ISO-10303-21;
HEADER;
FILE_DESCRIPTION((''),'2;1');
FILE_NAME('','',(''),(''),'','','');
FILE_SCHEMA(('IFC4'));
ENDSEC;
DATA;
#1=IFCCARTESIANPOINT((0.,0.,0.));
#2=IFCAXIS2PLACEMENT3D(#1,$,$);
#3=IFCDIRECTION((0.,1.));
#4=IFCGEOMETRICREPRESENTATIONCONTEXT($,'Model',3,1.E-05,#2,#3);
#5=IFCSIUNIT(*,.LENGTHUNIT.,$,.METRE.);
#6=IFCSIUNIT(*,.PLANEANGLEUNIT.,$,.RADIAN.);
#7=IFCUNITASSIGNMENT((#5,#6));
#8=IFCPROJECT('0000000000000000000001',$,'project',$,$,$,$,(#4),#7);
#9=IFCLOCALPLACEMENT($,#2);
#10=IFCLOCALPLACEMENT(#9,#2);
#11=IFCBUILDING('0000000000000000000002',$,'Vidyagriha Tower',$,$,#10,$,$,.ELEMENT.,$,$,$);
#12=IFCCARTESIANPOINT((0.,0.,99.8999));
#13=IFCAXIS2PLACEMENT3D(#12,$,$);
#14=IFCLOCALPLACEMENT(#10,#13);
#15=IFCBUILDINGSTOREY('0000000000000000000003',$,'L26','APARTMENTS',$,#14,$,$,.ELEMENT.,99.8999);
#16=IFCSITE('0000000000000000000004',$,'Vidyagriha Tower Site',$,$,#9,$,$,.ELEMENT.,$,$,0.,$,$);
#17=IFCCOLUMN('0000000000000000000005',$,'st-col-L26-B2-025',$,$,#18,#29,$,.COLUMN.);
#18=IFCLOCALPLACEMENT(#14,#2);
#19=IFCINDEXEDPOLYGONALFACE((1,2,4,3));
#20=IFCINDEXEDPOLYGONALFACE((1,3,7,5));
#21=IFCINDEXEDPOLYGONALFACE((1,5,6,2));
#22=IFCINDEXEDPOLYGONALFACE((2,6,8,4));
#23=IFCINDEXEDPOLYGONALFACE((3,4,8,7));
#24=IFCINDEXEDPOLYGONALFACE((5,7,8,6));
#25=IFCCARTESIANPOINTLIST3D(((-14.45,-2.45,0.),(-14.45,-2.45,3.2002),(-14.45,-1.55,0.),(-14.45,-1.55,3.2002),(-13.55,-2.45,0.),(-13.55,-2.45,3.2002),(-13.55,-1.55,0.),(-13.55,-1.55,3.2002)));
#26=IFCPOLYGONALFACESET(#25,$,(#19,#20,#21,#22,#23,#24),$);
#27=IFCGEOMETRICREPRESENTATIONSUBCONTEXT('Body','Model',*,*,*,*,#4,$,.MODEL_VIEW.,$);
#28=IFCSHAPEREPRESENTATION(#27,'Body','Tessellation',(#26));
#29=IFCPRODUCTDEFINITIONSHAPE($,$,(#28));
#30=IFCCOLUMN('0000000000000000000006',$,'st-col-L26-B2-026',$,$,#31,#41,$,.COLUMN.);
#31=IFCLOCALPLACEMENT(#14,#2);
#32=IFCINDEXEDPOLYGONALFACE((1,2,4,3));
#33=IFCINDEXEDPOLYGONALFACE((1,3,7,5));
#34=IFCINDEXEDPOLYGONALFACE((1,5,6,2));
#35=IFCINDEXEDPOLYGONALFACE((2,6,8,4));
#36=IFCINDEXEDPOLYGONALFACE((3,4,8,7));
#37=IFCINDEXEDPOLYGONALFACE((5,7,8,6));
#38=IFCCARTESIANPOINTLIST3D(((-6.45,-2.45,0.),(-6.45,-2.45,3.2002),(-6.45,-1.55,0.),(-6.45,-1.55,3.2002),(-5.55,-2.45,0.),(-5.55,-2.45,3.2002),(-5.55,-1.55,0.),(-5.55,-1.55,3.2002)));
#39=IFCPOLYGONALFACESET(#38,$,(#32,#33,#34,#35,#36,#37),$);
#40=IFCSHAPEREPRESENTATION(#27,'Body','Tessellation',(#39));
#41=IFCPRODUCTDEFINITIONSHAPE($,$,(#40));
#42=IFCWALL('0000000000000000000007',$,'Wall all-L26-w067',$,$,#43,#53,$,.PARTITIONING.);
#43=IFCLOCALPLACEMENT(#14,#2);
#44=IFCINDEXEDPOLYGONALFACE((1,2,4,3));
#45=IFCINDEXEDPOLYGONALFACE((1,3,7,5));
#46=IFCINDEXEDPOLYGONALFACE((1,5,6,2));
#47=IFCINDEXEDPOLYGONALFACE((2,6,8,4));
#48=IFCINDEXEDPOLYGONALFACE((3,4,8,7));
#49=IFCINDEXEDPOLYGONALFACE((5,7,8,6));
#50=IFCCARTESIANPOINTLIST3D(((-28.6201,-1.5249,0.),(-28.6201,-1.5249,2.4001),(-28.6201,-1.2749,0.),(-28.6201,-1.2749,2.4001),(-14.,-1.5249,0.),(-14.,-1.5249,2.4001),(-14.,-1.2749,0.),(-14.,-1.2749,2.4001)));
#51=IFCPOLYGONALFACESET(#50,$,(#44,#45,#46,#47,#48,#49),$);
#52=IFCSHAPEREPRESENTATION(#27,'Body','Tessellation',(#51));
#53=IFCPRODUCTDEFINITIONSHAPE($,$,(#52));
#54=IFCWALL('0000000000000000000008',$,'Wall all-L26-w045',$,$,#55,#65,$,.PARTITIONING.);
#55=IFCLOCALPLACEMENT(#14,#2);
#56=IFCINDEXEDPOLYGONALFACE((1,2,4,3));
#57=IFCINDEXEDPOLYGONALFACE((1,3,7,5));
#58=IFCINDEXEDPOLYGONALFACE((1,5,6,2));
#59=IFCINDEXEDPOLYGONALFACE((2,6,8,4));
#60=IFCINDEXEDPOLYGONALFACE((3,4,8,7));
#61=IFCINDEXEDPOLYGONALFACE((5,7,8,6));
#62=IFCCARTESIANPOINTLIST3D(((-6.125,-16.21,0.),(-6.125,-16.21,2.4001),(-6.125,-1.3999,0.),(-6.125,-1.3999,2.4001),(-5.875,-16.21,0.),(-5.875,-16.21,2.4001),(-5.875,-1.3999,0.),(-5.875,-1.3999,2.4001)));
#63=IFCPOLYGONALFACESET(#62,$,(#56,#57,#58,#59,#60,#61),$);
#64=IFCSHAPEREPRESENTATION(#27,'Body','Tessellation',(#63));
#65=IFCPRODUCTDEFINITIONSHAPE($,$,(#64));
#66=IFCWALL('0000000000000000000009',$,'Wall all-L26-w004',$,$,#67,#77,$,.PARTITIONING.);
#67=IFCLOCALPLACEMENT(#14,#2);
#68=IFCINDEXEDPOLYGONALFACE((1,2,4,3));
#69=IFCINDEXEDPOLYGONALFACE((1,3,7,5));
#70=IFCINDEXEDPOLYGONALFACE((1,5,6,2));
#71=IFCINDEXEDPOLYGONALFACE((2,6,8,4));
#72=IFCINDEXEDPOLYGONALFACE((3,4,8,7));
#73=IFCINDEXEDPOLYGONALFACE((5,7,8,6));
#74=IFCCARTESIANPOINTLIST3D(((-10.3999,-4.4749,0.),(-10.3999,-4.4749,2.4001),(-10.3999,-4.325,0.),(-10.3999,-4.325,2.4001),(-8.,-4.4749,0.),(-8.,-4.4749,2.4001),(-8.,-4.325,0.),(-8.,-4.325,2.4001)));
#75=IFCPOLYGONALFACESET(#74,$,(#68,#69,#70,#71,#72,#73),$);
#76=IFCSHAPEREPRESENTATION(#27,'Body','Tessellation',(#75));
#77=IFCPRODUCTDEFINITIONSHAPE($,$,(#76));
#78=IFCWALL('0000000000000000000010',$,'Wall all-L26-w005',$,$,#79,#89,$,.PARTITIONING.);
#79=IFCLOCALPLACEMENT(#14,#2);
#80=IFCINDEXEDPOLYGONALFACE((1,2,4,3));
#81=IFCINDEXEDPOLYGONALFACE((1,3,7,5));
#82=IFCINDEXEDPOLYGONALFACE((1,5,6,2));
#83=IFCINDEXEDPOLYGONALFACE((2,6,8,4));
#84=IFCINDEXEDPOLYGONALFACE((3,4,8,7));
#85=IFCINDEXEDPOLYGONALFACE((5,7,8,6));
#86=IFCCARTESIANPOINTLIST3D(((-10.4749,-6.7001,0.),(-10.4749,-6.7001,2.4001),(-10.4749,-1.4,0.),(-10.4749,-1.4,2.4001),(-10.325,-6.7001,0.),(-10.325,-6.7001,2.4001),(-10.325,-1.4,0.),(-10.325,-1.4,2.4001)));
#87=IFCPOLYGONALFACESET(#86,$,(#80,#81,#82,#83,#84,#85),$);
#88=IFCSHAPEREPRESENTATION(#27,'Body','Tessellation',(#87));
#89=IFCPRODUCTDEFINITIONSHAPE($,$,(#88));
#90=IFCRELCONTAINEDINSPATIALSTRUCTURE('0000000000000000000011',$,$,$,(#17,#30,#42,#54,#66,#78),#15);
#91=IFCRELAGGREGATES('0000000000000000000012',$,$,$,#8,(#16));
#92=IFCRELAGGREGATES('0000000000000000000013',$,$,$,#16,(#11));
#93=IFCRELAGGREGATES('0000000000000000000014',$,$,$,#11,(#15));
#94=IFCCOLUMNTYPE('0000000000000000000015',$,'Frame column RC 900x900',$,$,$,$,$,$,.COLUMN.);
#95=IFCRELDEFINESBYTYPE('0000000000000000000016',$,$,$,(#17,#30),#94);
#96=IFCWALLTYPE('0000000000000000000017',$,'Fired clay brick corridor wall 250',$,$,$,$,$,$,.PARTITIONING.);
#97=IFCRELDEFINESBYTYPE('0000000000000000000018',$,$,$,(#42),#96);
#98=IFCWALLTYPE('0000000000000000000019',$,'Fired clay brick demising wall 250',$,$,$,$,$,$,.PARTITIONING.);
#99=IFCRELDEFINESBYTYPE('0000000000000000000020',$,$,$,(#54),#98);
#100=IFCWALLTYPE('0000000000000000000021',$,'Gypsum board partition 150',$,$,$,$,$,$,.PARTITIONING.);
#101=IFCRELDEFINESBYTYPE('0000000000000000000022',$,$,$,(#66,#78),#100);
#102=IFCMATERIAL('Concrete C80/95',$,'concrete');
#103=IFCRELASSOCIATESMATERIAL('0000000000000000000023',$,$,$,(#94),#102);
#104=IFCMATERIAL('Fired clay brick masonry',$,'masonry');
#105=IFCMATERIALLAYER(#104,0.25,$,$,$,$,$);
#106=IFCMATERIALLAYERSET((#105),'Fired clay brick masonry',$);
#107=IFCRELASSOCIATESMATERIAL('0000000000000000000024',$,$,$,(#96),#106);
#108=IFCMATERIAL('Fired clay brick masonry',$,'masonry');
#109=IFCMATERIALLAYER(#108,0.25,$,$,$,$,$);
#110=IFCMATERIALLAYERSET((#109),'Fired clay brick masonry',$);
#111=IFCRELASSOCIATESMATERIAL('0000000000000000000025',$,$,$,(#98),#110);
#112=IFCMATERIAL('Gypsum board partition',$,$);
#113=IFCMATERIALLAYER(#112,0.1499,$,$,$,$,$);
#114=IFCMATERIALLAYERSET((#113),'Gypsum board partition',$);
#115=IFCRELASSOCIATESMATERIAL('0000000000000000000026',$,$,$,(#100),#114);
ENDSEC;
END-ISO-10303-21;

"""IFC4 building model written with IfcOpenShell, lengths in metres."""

from ifc_helpers import new_model, si_unit, direction, frame, frame_2d, origin, origin_2d, place, context, subcontext, project, spatial, rectangle, extrude, material, layer, layer_set, material_profile, profile_set, type_object, element, save


model = new_model("IFC4")

# Units and contexts
model_context = context("Model", 3, precision=1e-05, world=origin(), true_north=direction((0.0, 1.0)))
body_context = subcontext(model_context, "Body", "Model", "MODEL_VIEW")
ifc_project = project(units=[si_unit("LENGTHUNIT", "METRE"), si_unit("PLANEANGLEUNIT", "RADIAN")], contexts=[model_context])

# Site, building, storey
site_placement = place(None, origin())
site = spatial("IfcSite", under=ifc_project, at=site_placement, Name="Vidyagriha Tower Site", CompositionType="ELEMENT", RefElevation=0.0)
building_placement = place(site_placement, origin())
building = spatial("IfcBuilding", under=site, at=building_placement, Name="Vidyagriha Tower", CompositionType="ELEMENT")
storey_placement = place(building_placement, frame((0.0, 0.0, 99.8999)))
storey = spatial("IfcBuildingStorey", under=building, at=storey_placement, Name="L26", Description="APARTMENTS", CompositionType="ELEMENT", Elevation=99.8999)

# Columns
ifc_material_1 = material(Name="Concrete C80/95", Category="concrete")
ifc_material_profile = material_profile(ifc_material_1, rectangle(XDim=0.8999, YDim=0.8999, at=origin_2d()), Name="RC 900x900")
ifc_profile_set = profile_set([ifc_material_profile], Name="Concrete C80/95")
column_type = type_object("IfcColumnType", Name="Frame column RC 900x900", PredefinedType="COLUMN", material=ifc_profile_set)
for number, where, name in (
    (1, (-14.0, -2.0, 0.0), "st-col-L26-B2-025"),
    (2, (-6.0, -2.0, 0.0), "st-col-L26-B2-026"),
):
    element("IfcColumn", number, at=place(storey_placement, frame(where)), inside=storey, type_object=column_type, Name=name, PredefinedType="COLUMN", context=body_context, shape_type="SweptSolid", body=[
        extrude(rectangle(XDim=0.8999, YDim=0.8999, at=origin_2d()), origin(), (0.0, 0.0, 1.0), 3.2002),
    ])

# Walls
ifc_material_2 = material(Name="Fired clay brick masonry", Category="masonry")
ifc_layer_1 = layer(ifc_material_2, 0.25)
ifc_layer_set_1 = layer_set([ifc_layer_1], Name="Fired clay brick masonry")
wall_type_1 = type_object("IfcWallType", Name="Fired clay brick corridor wall 250", PredefinedType="PARTITIONING", material=ifc_layer_set_1)
wall_1_placement = place(storey_placement, frame((-14.0, -1.3999, 0.0), z_axis=(0.0, 0.0, 1.0), x_axis=(-1.0, 0.0, 0.0)))
element("IfcWall", 3, at=wall_1_placement, inside=storey, type_object=wall_type_1, Name="Wall all-L26-w067", PredefinedType="PARTITIONING", context=body_context, shape_type="SweptSolid", body=[
    extrude(rectangle(XDim=14.6201, YDim=0.25, at=frame_2d((7.3101, 0.0))), origin(), (0.0, 0.0, 1.0), 2.4001),
])
ifc_material_3 = material(Name="Fired clay brick masonry", Category="masonry")
ifc_layer_2 = layer(ifc_material_3, 0.25)
ifc_layer_set_2 = layer_set([ifc_layer_2], Name="Fired clay brick masonry")
wall_type_2 = type_object("IfcWallType", Name="Fired clay brick demising wall 250", PredefinedType="PARTITIONING", material=ifc_layer_set_2)
wall_2_placement = place(storey_placement, frame((-6.0, -1.3999, 0.0), z_axis=(0.0, 0.0, 1.0), x_axis=(0.0, -1.0, 0.0)))
element("IfcWall", 4, at=wall_2_placement, inside=storey, type_object=wall_type_2, Name="Wall all-L26-w045", PredefinedType="PARTITIONING", context=body_context, shape_type="SweptSolid", body=[
    extrude(rectangle(XDim=14.8101, YDim=0.25, at=frame_2d((7.405, 0.0))), origin(), (0.0, 0.0, 1.0), 2.4001),
])
ifc_material_4 = material(Name="Gypsum board partition")
ifc_layer_3 = layer(ifc_material_4, 0.1499)
ifc_layer_set_3 = layer_set([ifc_layer_3], Name="Gypsum board partition")
wall_type_3 = type_object("IfcWallType", Name="Gypsum board partition 150", PredefinedType="PARTITIONING", material=ifc_layer_set_3)
wall_3_placement = place(storey_placement, frame((-8.0, -4.3999, 0.0), z_axis=(0.0, 0.0, 1.0), x_axis=(-1.0, 0.0, 0.0)))
element("IfcWall", 5, at=wall_3_placement, inside=storey, type_object=wall_type_3, Name="Wall all-L26-w004", PredefinedType="PARTITIONING", context=body_context, shape_type="SweptSolid", body=[
    extrude(rectangle(XDim=2.3999, YDim=0.1499, at=frame_2d((1.2, 0.0))), origin(), (0.0, 0.0, 1.0), 2.4001),
])
wall_4_placement = place(storey_placement, frame((-10.3999, -6.7, 0.0), z_axis=(0.0, 0.0, 1.0), x_axis=(0.0, 1.0, 0.0)))
element("IfcWall", 6, at=wall_4_placement, inside=storey, type_object=wall_type_3, Name="Wall all-L26-w005", PredefinedType="PARTITIONING", context=body_context, shape_type="SweptSolid", body=[
    extrude(rectangle(XDim=5.3, YDim=0.1499, at=frame_2d((2.6499, 0.0))), origin(), (0.0, 0.0, 1.0), 2.4001),
])

save(model, "model.ifc")
